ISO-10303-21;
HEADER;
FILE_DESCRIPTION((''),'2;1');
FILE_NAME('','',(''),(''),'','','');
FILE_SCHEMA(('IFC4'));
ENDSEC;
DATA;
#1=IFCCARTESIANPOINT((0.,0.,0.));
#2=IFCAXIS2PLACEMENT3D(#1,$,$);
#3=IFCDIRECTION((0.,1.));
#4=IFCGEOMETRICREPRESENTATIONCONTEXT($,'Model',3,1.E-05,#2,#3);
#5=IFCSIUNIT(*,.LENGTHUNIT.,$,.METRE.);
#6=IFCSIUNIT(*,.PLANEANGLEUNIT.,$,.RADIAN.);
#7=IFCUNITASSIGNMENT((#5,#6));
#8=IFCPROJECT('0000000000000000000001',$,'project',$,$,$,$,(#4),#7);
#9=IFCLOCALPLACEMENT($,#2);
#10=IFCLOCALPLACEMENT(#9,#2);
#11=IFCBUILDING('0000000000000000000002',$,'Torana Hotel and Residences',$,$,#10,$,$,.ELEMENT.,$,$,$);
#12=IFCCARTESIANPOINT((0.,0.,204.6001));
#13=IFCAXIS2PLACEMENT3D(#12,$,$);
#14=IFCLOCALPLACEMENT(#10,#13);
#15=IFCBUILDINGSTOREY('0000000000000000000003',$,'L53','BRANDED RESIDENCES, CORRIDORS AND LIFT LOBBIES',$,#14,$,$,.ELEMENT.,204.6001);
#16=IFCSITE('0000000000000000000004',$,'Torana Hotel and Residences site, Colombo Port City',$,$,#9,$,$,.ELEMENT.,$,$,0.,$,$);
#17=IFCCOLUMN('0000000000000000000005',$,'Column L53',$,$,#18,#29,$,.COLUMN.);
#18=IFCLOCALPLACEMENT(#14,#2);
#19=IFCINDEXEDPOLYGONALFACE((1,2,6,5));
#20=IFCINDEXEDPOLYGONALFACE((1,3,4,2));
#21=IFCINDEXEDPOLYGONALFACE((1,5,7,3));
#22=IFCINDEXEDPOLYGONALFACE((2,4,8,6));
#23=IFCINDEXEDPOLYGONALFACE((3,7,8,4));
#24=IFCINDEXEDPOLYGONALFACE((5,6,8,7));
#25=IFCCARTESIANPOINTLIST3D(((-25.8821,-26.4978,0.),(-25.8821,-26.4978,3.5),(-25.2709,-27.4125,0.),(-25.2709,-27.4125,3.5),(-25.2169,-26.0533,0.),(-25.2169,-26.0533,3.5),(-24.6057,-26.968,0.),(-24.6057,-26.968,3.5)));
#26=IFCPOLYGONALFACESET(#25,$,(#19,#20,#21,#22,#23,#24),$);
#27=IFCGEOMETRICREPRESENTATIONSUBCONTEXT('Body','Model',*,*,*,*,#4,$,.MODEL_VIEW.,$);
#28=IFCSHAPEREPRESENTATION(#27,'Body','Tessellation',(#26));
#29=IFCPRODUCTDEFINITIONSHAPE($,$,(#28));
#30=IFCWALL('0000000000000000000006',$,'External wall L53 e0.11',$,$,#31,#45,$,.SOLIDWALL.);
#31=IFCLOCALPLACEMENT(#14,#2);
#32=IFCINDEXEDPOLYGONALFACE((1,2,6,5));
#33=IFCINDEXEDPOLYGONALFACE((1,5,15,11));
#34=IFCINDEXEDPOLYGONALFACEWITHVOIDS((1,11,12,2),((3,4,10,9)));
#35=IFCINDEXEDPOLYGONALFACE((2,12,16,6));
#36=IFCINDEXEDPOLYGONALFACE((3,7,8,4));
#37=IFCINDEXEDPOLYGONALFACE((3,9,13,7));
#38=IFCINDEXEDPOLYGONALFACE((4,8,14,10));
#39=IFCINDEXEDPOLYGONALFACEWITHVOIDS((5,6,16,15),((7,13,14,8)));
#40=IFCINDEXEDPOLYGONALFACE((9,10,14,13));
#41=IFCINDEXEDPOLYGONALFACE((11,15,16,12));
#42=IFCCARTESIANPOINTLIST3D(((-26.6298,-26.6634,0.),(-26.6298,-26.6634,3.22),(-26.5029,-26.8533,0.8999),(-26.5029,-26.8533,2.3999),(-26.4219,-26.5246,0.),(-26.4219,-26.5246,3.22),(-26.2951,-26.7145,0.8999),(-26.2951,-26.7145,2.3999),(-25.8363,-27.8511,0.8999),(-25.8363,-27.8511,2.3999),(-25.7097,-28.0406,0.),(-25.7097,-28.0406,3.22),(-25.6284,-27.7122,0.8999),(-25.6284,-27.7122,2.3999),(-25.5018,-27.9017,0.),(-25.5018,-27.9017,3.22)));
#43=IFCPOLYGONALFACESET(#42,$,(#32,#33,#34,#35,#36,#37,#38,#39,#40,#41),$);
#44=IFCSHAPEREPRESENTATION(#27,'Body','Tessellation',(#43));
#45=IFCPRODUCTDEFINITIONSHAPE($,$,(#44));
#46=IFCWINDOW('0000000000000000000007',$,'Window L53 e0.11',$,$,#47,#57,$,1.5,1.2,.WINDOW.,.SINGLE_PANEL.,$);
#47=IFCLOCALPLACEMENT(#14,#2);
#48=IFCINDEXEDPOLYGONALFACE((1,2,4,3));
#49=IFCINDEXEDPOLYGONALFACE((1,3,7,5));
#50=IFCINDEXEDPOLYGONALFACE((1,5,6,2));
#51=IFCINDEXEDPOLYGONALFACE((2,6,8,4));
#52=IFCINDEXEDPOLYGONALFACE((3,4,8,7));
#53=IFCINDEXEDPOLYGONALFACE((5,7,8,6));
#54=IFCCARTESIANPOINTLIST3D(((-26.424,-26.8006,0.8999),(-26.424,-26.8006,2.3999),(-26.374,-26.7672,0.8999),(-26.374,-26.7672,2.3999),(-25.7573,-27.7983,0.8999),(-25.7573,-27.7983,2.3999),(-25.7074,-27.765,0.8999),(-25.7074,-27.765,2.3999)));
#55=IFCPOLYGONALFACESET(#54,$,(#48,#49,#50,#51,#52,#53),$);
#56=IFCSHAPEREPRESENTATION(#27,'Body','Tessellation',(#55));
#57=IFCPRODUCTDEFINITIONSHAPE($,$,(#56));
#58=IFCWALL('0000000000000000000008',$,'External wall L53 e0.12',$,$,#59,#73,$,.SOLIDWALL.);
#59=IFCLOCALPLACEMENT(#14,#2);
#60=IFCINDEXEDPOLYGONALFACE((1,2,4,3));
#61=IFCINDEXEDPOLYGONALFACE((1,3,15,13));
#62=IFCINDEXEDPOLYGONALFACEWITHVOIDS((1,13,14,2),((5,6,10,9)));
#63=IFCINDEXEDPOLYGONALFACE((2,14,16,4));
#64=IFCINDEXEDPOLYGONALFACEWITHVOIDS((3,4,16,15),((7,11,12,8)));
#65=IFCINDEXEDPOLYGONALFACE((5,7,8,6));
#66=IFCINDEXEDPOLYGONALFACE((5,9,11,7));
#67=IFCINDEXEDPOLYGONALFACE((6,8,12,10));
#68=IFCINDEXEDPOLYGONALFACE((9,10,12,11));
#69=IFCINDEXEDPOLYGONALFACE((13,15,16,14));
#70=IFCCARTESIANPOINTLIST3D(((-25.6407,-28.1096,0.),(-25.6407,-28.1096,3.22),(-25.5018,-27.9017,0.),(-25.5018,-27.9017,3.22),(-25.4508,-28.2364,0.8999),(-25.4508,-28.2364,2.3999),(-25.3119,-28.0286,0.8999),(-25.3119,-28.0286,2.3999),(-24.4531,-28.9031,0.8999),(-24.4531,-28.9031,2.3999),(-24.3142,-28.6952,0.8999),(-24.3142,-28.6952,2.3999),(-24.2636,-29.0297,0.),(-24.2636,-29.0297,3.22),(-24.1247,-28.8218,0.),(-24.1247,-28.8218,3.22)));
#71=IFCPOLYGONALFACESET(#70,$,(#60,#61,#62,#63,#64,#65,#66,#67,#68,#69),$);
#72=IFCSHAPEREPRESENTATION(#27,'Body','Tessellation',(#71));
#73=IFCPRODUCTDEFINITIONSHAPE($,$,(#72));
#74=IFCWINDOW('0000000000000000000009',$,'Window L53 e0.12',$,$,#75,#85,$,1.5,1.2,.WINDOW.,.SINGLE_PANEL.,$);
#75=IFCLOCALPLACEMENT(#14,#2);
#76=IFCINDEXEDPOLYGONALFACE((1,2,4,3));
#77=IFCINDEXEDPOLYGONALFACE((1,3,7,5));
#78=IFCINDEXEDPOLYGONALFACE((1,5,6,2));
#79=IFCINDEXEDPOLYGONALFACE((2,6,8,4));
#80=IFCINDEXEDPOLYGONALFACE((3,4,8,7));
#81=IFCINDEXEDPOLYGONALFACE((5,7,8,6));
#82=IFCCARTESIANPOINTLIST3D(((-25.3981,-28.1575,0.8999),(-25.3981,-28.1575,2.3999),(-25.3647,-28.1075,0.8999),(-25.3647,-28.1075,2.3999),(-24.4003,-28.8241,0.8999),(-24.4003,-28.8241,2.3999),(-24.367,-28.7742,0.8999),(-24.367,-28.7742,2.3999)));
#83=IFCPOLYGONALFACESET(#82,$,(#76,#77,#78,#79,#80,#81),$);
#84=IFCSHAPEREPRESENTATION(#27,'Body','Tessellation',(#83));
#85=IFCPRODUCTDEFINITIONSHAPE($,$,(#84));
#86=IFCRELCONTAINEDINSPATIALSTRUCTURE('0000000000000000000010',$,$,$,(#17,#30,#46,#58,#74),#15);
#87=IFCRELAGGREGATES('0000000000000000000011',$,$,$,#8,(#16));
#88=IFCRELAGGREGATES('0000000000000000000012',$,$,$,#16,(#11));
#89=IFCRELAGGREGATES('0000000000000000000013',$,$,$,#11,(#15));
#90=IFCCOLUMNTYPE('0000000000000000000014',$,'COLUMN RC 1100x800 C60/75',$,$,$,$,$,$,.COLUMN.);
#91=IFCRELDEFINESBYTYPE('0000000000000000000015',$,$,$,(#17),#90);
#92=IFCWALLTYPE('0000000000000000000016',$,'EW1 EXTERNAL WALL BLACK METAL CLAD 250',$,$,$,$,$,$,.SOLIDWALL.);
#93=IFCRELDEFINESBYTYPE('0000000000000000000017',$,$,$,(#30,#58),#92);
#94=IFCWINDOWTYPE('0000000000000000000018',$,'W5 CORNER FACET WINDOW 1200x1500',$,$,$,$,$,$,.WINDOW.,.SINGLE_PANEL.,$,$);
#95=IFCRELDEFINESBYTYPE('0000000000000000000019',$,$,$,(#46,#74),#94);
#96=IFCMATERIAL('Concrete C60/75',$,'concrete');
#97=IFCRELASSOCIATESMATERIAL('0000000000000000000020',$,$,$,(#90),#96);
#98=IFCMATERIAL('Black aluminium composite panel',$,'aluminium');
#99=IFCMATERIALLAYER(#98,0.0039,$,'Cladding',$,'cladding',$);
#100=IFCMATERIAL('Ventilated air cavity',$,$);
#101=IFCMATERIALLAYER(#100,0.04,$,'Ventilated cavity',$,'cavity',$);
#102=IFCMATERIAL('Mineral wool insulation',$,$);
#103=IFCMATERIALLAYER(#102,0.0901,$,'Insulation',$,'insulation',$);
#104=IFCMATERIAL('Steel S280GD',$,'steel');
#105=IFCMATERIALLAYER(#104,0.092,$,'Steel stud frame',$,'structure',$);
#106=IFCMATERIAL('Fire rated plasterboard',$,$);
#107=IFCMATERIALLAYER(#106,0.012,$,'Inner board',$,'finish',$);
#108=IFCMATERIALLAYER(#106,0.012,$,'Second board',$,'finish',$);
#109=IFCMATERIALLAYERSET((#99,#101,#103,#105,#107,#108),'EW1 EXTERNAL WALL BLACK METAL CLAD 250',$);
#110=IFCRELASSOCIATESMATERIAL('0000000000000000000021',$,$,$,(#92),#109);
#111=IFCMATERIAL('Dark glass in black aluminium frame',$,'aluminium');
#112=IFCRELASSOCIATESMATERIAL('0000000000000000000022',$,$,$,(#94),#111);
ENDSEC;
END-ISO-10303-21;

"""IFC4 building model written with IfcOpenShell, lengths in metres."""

from ifc_helpers import new_model, si_unit, direction, frame, frame_2d, origin, origin_2d, place, context, subcontext, project, spatial, rectangle, extrude, material, layer, layer_set, material_profile, profile_set, type_object, element, fill, save


model = new_model("IFC4")

# Units and contexts
model_context = context("Model", 3, precision=1e-05, world=origin(), true_north=direction((0.0, 1.0)))
body_context = subcontext(model_context, "Body", "Model", "MODEL_VIEW")
ifc_project = project(units=[si_unit("LENGTHUNIT", "METRE"), si_unit("PLANEANGLEUNIT", "RADIAN")], contexts=[model_context])

# Site, building, storey
site_placement = place(None, origin())
site = spatial("IfcSite", under=ifc_project, at=site_placement, Name="Torana Hotel and Residences site, Colombo Port City", CompositionType="ELEMENT", RefElevation=0.0)
building_placement = place(site_placement, origin())
building = spatial("IfcBuilding", under=site, at=building_placement, Name="Torana Hotel and Residences", CompositionType="ELEMENT")
storey_placement = place(building_placement, frame((0.0, 0.0, 204.6001)))
storey = spatial("IfcBuildingStorey", under=building, at=storey_placement, Name="L53", Description="BRANDED RESIDENCES, CORRIDORS AND LIFT LOBBIES", CompositionType="ELEMENT", Elevation=204.6001)

# Column
ifc_material_1 = material(Name="Concrete C60/75", Category="concrete")
ifc_material_profile = material_profile(ifc_material_1, rectangle(XDim=1.1001, YDim=0.8, at=origin_2d()), Name="RC 1100x800")
ifc_profile_set = profile_set([ifc_material_profile], Name="Concrete C60/75")
column_type = type_object("IfcColumnType", Name="COLUMN RC 1100x800 C60/75", PredefinedType="COLUMN", material=ifc_profile_set)
column_placement = place(storey_placement, frame((-25.2439, -26.7329, 0.0), z_axis=(0.0, 0.0, 1.0), x_axis=(-0.555585, 0.83146, 0.0)))
element("IfcColumn", 1, at=column_placement, inside=storey, type_object=column_type, Name="Column L53", PredefinedType="COLUMN", context=body_context, shape_type="SweptSolid", body=[
    extrude(rectangle(XDim=1.1001, YDim=0.8, at=origin_2d()), origin(), (0.0, 0.0, 1.0), 3.5),
])

# Walls, openings, windows
ifc_material_2 = material(Name="Black aluminium composite panel", Category="aluminium")
ifc_layer_1 = layer(ifc_material_2, 0.0039, Name="Cladding", Category="cladding")
ifc_material_3 = material(Name="Ventilated air cavity")
ifc_layer_2 = layer(ifc_material_3, 0.04, Name="Ventilated cavity", Category="cavity")
ifc_material_4 = material(Name="Mineral wool insulation")
ifc_layer_3 = layer(ifc_material_4, 0.0901, Name="Insulation", Category="insulation")
ifc_material_5 = material(Name="Steel S280GD", Category="steel")
ifc_layer_4 = layer(ifc_material_5, 0.092, Name="Steel stud frame", Category="structure")
ifc_material_6 = material(Name="Fire rated plasterboard")
ifc_layer_5 = layer(ifc_material_6, 0.012, Name="Inner board", Category="finish")
ifc_layer_6 = layer(ifc_material_6, 0.012, Name="Second board", Category="finish")
ifc_layer_set = layer_set([ifc_layer_1, ifc_layer_2, ifc_layer_3, ifc_layer_4, ifc_layer_5, ifc_layer_6], Name="EW1 EXTERNAL WALL BLACK METAL CLAD 250")
wall_type = type_object("IfcWallType", Name="EW1 EXTERNAL WALL BLACK METAL CLAD 250", PredefinedType="SOLIDWALL", material=ifc_layer_set)
wall_1_placement = place(storey_placement, frame((-26.5259, -26.594, 0.0), z_axis=(0.0, 0.0, 1.0), x_axis=(0.55555, -0.831483, 0.0)))
wall_1 = element("IfcWall", 2, at=wall_1_placement, inside=storey, type_object=wall_type, Name="External wall L53 e0.11", PredefinedType="SOLIDWALL", context=body_context, shape_type="SweptSolid", body=[
    extrude(rectangle(XDim=1.6562, YDim=0.25, at=frame_2d((0.8281, 0.0))), origin(), (0.0, 0.0, 1.0), 3.22),
])
opening_1_placement = place(wall_1_placement, frame((0.2283, 0.0, 0.8999)))
opening_1 = element("IfcOpeningElement", 3, at=opening_1_placement, cuts=wall_1, PredefinedType="OPENING", context=body_context, shape_type="SweptSolid", body=[
    extrude(rectangle(XDim=1.2, YDim=1.5, at=frame_2d((0.6001, 0.75))), frame((0.0, 0.135, 0.0), z_axis=(0.0, -1.0, 0.0), x_axis=(1.0, 0.0, 0.0)), (0.0, 0.0, 1.0), 0.27),
])
ifc_material_7 = material(Name="Dark glass in black aluminium frame", Category="aluminium")
window_type = type_object("IfcWindowType", Name="W5 CORNER FACET WINDOW 1200x1500", PartitioningType="SINGLE_PANEL", PredefinedType="WINDOW", material=ifc_material_7)
window_1_placement = place(opening_1_placement, origin())
window_1 = element("IfcWindow", 4, at=window_1_placement, inside=storey, type_object=window_type, Name="Window L53 e0.11", OverallHeight=1.5, OverallWidth=1.2, PartitioningType="SINGLE_PANEL", PredefinedType="WINDOW", context=body_context, shape_type="SweptSolid", body=[
    extrude(rectangle(XDim=1.2, YDim=1.5, at=frame_2d((0.6001, 0.75))), frame((0.0, 0.03, 0.0), z_axis=(0.0, -1.0, 0.0), x_axis=(1.0, 0.0, 0.0)), (0.0, 0.0, 1.0), 0.0601),
])
fill(opening_1, window_1)
wall_2_placement = place(storey_placement, frame((-25.5713, -28.0056, 0.0), z_axis=(0.0, 0.0, 1.0), x_axis=(0.831483, -0.55555, 0.0)))
wall_2 = element("IfcWall", 5, at=wall_2_placement, inside=storey, type_object=wall_type, Name="External wall L53 e0.12", PredefinedType="SOLIDWALL", context=body_context, shape_type="SweptSolid", body=[
    extrude(rectangle(XDim=1.6562, YDim=0.25, at=frame_2d((0.8281, 0.0))), origin(), (0.0, 0.0, 1.0), 3.22),
])
opening_2_placement = place(wall_2_placement, frame((0.2283, 0.0, 0.8999)))
opening_2 = element("IfcOpeningElement", 6, at=opening_2_placement, cuts=wall_2, PredefinedType="OPENING", context=body_context, shape_type="SweptSolid", body=[
    extrude(rectangle(XDim=1.2, YDim=1.5, at=frame_2d((0.6001, 0.75))), frame((0.0, 0.135, 0.0), z_axis=(0.0, -1.0, 0.0), x_axis=(1.0, 0.0, 0.0)), (0.0, 0.0, 1.0), 0.27),
])
window_2_placement = place(opening_2_placement, origin())
window_2 = element("IfcWindow", 7, at=window_2_placement, inside=storey, type_object=window_type, Name="Window L53 e0.12", OverallHeight=1.5, OverallWidth=1.2, PartitioningType="SINGLE_PANEL", PredefinedType="WINDOW", context=body_context, shape_type="SweptSolid", body=[
    extrude(rectangle(XDim=1.2, YDim=1.5, at=frame_2d((0.6001, 0.75))), frame((0.0, 0.03, 0.0), z_axis=(0.0, -1.0, 0.0), x_axis=(1.0, 0.0, 0.0)), (0.0, 0.0, 1.0), 0.0601),
])
fill(opening_2, window_2)

save(model, "model.ifc")
